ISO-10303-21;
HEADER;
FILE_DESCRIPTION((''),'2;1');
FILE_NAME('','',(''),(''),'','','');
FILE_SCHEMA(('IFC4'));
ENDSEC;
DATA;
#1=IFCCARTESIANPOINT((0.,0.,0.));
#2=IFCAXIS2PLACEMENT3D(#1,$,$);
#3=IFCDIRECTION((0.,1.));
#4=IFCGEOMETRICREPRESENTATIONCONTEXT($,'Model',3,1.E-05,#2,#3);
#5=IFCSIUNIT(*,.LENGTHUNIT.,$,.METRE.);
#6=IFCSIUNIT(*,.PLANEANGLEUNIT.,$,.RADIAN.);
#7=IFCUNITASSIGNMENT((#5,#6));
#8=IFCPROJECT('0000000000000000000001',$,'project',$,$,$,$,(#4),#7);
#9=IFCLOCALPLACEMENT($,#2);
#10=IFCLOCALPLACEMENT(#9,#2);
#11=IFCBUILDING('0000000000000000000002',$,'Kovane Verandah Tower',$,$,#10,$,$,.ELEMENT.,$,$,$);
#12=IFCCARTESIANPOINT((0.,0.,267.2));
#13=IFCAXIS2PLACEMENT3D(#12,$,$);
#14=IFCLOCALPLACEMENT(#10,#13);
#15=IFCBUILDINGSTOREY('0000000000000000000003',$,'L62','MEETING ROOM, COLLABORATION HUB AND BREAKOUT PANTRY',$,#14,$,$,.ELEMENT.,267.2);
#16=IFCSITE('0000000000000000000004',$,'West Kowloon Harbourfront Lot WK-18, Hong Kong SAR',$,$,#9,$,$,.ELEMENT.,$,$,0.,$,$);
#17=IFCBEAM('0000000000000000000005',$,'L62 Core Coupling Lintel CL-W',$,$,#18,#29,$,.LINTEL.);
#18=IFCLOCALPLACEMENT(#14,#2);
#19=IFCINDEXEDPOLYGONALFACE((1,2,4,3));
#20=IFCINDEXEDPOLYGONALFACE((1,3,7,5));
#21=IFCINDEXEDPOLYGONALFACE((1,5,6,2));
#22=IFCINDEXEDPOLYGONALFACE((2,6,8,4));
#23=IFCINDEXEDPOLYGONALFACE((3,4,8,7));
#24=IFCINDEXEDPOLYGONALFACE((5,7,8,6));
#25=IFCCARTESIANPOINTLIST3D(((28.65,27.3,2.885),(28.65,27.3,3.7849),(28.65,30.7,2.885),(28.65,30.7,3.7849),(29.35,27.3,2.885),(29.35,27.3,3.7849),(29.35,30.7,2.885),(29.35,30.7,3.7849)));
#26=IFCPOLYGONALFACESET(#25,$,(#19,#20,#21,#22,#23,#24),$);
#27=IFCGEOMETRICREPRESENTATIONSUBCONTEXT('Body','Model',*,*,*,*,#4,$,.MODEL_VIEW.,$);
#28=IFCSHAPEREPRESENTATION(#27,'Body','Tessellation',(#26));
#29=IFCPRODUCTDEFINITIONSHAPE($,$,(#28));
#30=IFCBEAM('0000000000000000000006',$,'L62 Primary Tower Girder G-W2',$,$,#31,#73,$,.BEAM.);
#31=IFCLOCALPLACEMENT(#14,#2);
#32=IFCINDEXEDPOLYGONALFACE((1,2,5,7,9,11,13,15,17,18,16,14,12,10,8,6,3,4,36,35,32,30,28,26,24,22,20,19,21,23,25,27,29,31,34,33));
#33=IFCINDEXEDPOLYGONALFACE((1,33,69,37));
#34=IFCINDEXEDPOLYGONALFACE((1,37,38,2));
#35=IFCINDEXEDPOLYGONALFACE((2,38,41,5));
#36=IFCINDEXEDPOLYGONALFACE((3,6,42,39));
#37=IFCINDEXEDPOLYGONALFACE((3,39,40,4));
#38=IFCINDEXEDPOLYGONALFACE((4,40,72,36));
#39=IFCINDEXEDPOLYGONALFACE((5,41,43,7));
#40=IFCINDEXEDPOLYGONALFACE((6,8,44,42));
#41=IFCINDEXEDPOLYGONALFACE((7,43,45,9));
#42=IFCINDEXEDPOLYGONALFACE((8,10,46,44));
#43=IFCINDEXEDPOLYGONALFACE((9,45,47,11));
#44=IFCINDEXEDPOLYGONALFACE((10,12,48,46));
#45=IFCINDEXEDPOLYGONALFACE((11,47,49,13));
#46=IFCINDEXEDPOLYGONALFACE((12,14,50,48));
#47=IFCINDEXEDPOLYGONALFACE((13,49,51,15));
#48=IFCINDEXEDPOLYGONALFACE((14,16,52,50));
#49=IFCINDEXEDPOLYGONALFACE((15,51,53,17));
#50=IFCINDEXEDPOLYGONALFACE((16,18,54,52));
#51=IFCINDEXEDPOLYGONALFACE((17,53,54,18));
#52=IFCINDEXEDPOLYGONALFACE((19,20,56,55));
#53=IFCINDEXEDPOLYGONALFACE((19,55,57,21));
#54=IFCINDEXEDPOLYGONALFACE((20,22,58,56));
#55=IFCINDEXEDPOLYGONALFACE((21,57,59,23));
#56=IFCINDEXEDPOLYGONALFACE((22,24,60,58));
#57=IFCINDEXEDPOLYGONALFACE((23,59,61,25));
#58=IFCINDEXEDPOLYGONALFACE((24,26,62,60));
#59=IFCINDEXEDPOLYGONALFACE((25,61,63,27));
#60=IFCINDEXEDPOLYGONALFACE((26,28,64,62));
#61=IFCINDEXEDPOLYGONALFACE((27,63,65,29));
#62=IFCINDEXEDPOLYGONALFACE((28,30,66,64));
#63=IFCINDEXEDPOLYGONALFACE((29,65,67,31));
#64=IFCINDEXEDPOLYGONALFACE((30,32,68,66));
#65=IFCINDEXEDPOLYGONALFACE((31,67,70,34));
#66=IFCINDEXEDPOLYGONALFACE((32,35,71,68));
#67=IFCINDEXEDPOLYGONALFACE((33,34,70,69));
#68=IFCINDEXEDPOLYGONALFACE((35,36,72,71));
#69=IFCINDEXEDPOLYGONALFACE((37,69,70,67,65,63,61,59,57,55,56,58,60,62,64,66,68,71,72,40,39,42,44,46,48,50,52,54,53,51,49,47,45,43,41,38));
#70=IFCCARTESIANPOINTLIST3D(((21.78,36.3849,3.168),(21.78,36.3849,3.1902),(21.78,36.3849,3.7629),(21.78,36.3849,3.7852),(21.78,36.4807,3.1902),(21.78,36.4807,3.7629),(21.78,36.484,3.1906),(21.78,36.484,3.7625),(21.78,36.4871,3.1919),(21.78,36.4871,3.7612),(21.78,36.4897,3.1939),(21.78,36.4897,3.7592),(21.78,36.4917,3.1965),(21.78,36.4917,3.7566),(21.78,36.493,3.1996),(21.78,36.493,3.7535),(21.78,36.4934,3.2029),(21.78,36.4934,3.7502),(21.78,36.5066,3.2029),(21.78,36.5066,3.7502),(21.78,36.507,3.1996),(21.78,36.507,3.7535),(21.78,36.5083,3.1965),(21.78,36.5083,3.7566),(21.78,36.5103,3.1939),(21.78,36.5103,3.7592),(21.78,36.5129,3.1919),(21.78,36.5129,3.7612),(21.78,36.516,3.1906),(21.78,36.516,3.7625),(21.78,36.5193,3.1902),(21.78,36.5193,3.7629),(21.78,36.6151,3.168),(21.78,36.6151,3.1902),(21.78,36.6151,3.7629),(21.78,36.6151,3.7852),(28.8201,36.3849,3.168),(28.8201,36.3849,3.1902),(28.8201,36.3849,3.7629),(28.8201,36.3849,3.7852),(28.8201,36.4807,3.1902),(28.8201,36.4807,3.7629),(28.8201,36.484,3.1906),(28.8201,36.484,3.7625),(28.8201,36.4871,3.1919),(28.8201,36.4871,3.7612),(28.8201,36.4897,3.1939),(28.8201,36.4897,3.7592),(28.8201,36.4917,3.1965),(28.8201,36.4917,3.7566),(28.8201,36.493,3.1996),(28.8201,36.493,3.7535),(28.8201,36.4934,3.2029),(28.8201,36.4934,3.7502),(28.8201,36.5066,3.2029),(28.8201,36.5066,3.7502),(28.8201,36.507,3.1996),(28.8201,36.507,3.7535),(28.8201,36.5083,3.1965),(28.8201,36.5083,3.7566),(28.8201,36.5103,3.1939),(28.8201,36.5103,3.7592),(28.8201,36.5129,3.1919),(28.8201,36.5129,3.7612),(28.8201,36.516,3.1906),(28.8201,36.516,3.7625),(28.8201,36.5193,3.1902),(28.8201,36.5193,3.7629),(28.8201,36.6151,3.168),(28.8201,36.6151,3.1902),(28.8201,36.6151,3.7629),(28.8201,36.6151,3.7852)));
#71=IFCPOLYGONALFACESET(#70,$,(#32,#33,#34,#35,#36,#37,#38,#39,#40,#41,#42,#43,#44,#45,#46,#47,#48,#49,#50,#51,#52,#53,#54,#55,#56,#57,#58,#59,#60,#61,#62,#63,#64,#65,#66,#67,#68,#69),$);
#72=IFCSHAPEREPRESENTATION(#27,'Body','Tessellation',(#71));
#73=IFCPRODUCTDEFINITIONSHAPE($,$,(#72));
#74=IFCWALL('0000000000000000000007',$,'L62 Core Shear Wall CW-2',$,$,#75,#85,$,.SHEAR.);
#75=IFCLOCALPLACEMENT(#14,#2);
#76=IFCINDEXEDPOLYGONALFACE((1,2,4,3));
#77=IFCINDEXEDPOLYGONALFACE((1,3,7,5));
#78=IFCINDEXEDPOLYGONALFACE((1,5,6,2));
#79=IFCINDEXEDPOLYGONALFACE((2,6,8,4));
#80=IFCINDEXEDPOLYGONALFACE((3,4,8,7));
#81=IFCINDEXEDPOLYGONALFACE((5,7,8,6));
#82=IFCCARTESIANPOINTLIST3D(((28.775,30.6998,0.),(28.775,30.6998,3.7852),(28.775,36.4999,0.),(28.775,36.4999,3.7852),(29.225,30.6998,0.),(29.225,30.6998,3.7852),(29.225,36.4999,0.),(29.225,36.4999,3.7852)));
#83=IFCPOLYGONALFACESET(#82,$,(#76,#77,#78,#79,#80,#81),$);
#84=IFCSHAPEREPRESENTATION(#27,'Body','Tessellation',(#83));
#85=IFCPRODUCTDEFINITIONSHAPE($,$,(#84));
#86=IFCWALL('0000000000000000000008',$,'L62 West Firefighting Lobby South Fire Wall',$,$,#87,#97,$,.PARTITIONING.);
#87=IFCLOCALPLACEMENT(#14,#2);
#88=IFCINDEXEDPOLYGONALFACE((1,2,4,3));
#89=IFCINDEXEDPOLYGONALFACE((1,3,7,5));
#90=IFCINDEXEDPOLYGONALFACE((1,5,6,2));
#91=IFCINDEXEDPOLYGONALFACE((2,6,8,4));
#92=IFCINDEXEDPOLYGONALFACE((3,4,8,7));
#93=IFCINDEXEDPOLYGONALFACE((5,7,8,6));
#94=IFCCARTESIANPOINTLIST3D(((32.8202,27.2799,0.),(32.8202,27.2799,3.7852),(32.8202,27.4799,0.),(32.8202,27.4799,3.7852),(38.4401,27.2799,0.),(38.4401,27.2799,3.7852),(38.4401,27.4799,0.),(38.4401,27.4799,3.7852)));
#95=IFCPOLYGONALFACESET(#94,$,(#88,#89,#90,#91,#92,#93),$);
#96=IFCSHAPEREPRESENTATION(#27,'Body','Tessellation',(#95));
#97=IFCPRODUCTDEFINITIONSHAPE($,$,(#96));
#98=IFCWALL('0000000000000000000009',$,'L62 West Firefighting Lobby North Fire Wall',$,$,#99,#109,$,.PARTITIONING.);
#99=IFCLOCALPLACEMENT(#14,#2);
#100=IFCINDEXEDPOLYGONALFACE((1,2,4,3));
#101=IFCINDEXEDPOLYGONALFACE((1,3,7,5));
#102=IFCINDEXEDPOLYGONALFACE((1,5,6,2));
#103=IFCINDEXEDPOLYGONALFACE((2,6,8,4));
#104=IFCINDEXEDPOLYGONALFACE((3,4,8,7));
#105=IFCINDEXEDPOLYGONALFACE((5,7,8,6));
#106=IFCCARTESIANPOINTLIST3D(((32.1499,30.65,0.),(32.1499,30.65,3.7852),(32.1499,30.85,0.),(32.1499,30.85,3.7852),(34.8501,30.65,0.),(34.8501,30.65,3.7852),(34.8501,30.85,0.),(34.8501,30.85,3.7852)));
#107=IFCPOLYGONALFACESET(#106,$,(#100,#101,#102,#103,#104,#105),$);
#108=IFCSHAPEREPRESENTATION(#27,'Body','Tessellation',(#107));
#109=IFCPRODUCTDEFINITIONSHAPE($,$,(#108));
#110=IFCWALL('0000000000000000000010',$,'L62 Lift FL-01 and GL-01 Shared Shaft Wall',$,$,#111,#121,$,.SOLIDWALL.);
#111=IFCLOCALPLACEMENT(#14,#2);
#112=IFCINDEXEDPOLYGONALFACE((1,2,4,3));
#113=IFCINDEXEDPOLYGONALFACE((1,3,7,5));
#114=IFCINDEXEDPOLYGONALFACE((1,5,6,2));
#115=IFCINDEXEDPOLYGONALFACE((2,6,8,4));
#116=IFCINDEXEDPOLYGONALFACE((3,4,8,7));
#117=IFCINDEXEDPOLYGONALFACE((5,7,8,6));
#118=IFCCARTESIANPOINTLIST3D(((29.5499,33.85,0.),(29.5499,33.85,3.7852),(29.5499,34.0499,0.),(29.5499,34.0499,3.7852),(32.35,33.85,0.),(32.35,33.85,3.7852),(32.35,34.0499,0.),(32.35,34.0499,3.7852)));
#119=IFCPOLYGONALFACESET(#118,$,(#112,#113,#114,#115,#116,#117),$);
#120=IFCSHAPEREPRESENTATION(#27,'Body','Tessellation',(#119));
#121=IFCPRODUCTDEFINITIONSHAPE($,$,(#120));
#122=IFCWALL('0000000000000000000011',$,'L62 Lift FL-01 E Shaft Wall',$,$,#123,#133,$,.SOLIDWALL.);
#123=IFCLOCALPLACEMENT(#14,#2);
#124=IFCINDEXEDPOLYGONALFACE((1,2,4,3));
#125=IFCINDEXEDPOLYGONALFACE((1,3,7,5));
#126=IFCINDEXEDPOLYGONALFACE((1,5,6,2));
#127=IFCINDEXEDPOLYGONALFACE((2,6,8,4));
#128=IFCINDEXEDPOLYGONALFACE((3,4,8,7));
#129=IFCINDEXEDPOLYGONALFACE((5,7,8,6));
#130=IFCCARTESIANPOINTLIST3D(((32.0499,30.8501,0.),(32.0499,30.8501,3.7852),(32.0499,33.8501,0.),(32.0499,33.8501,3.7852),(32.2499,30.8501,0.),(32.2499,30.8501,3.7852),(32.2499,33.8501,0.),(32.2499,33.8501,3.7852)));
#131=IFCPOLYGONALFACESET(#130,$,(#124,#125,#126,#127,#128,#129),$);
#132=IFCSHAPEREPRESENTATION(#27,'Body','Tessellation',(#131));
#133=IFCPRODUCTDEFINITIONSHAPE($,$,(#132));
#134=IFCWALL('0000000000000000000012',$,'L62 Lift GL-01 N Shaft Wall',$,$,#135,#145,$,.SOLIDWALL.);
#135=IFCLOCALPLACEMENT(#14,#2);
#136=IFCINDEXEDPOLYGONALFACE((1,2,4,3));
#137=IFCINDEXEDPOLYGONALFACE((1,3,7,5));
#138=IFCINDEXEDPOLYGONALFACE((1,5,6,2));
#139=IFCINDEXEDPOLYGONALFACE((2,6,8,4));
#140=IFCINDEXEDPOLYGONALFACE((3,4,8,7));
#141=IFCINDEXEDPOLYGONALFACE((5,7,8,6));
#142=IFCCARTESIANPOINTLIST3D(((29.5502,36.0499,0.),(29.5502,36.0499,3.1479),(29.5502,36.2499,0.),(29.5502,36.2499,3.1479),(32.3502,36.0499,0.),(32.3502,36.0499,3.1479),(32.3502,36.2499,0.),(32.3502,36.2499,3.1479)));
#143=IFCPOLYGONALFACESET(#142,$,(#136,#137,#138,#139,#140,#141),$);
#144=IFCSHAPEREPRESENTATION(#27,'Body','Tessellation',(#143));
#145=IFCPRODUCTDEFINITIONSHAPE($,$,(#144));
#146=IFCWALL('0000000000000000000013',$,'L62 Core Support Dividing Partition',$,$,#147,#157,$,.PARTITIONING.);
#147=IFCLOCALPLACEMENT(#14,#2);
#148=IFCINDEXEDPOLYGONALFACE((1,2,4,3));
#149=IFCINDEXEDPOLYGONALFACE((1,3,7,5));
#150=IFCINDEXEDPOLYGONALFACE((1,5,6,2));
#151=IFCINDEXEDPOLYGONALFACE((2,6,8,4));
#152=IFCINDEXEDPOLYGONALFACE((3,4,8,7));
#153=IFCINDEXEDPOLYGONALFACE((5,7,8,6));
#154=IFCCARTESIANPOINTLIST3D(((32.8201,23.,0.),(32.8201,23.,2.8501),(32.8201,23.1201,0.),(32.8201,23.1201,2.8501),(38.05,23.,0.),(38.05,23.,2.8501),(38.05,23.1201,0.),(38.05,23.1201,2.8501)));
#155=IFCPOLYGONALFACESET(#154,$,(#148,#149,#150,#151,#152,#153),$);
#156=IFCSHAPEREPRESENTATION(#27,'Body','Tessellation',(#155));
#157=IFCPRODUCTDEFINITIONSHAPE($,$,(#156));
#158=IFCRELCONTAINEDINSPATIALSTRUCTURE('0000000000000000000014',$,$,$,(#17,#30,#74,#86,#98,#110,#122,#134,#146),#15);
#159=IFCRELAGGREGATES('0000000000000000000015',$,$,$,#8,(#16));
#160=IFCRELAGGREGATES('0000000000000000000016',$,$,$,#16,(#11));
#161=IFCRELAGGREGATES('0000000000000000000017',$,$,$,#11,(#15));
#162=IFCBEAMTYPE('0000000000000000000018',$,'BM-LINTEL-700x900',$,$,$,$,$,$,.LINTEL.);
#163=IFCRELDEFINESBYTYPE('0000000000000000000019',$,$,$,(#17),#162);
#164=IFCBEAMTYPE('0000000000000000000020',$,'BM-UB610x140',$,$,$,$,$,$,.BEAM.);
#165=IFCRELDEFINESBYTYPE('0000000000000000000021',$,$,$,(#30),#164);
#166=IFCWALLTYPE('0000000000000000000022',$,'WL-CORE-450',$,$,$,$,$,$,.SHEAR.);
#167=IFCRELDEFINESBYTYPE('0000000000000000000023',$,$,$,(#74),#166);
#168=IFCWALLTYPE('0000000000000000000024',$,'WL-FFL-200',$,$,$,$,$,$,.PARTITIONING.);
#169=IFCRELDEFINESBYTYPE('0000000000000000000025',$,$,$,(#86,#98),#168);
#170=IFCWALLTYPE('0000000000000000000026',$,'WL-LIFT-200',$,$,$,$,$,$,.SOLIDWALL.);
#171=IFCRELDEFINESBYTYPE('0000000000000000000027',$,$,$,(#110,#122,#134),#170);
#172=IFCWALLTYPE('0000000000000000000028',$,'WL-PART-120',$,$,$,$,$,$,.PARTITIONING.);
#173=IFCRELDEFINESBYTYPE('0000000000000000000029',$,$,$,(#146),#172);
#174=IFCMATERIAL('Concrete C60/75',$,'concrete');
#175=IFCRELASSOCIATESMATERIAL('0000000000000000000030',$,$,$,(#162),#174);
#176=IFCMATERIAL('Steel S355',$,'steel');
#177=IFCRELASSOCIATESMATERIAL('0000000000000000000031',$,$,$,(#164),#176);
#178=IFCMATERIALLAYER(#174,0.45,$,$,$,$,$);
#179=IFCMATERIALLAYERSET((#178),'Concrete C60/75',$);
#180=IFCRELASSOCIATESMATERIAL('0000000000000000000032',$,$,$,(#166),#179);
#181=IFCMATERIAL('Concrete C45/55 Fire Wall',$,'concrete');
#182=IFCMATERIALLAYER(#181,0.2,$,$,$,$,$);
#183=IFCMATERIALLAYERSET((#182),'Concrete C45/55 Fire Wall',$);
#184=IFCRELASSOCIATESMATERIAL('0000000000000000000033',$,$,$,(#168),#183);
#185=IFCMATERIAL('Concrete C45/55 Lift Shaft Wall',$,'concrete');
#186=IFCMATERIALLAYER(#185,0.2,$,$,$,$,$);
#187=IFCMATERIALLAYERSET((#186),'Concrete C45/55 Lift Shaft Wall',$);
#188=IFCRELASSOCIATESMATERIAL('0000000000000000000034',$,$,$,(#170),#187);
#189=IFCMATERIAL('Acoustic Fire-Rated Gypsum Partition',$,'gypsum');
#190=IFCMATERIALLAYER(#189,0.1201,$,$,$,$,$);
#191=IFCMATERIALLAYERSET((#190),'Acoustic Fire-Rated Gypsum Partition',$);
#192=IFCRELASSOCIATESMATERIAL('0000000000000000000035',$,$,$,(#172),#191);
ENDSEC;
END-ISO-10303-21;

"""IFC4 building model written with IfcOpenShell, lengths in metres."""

from ifc_helpers import new_model, si_unit, direction, frame, frame_2d, origin, origin_2d, place, context, subcontext, project, spatial, rectangle, i_section, extrude, material, layer, layer_set, material_profile, profile_set, type_object, element, save


model = new_model("IFC4")

# Units and contexts
model_context = context("Model", 3, precision=1e-05, world=origin(), true_north=direction((0.0, 1.0)))
body_context = subcontext(model_context, "Body", "Model", "MODEL_VIEW")
ifc_project = project(units=[si_unit("LENGTHUNIT", "METRE"), si_unit("PLANEANGLEUNIT", "RADIAN")], contexts=[model_context])

# Site, building, storey
site_placement = place(None, origin())
site = spatial("IfcSite", under=ifc_project, at=site_placement, Name="West Kowloon Harbourfront Lot WK-18, Hong Kong SAR", CompositionType="ELEMENT", RefElevation=0.0)
building_placement = place(site_placement, origin())
building = spatial("IfcBuilding", under=site, at=building_placement, Name="Kovane Verandah Tower", CompositionType="ELEMENT")
storey_placement = place(building_placement, frame((0.0, 0.0, 267.2)))
storey = spatial("IfcBuildingStorey", under=building, at=storey_placement, Name="L62", Description="MEETING ROOM, COLLABORATION HUB AND BREAKOUT PANTRY", CompositionType="ELEMENT", Elevation=267.2)

# Beams
ifc_material_1 = material(Name="Concrete C60/75", Category="concrete")
ifc_material_profile_1 = material_profile(ifc_material_1, rectangle(XDim=0.7, YDim=0.8999, at=origin_2d()), Name="RCB700x900")
ifc_profile_set_1 = profile_set([ifc_material_profile_1], Name="Concrete C60/75")
beam_type_1 = type_object("IfcBeamType", Name="BM-LINTEL-700x900", PredefinedType="LINTEL", material=ifc_profile_set_1)
beam_1_placement = place(storey_placement, frame((29.0, 27.3, 3.335), z_axis=(0.0, 1.0, 0.0), x_axis=(-1.0, 0.0, 0.0)))
element("IfcBeam", 1, at=beam_1_placement, inside=storey, type_object=beam_type_1, Name="L62 Core Coupling Lintel CL-W", PredefinedType="LINTEL", context=body_context, shape_type="SweptSolid", body=[
    extrude(rectangle(XDim=0.7, YDim=0.8999, at=origin_2d()), origin(), (0.0, 0.0, 1.0), 3.3999),
])
ifc_material_2 = material(Name="Steel S355", Category="steel")
ifc_material_profile_2 = material_profile(ifc_material_2, i_section(OverallWidth=0.2302, OverallDepth=0.6172, WebThickness=0.0132, FlangeThickness=0.0222, FilletRadius=0.0127, at=origin_2d()), Name="UB610x229x140")
ifc_profile_set_2 = profile_set([ifc_material_profile_2], Name="Steel S355")
beam_type_2 = type_object("IfcBeamType", Name="BM-UB610x140", PredefinedType="BEAM", material=ifc_profile_set_2)
beam_2_placement = place(storey_placement, frame((28.8201, 36.5, 3.4766), z_axis=(-1.0, 0.0, 0.0), x_axis=(0.0, -1.0, 0.0)))
element("IfcBeam", 2, at=beam_2_placement, inside=storey, type_object=beam_type_2, Name="L62 Primary Tower Girder G-W2", PredefinedType="BEAM", context=body_context, shape_type="SweptSolid", body=[
    extrude(i_section(OverallWidth=0.2302, OverallDepth=0.6172, WebThickness=0.0132, FlangeThickness=0.0222, FilletRadius=0.0127, at=origin_2d()), origin(), (0.0, 0.0, 1.0), 7.04),
])

# Wall
ifc_layer_1 = layer(ifc_material_1, 0.45)
ifc_layer_set_1 = layer_set([ifc_layer_1], Name="Concrete C60/75")
wall_type_1 = type_object("IfcWallType", Name="WL-CORE-450", PredefinedType="SHEAR", material=ifc_layer_set_1)
wall_1_placement = place(storey_placement, frame((29.0, 30.7, 0.0), z_axis=(0.0, 0.0, 1.0), x_axis=(0.0, 1.0, 0.0)))
element("IfcWall", 3, at=wall_1_placement, inside=storey, type_object=wall_type_1, Name="L62 Core Shear Wall CW-2", PredefinedType="SHEAR", context=body_context, shape_type="SweptSolid", body=[
    extrude(rectangle(XDim=5.8, YDim=0.45, at=frame_2d((2.8999, 0.0))), origin(), (0.0, 0.0, 1.0), 3.7852),
])

# Shared definitions
ifc_material_3 = material(Name="Concrete C45/55 Fire Wall", Category="concrete")
ifc_layer_2 = layer(ifc_material_3, 0.2)
ifc_layer_set_2 = layer_set([ifc_layer_2], Name="Concrete C45/55 Fire Wall")
wall_type_2 = type_object("IfcWallType", Name="WL-FFL-200", PredefinedType="PARTITIONING", material=ifc_layer_set_2)

# Walls
wall_2_placement = place(storey_placement, frame((32.8201, 27.3799, 0.0), z_axis=(0.0, 0.0, 1.0), x_axis=(1.0, 0.0, 0.0)))
element("IfcWall", 4, at=wall_2_placement, inside=storey, type_object=wall_type_2, Name="L62 West Firefighting Lobby South Fire Wall", PredefinedType="PARTITIONING", context=body_context, shape_type="SweptSolid", body=[
    extrude(rectangle(XDim=5.6199, YDim=0.2, at=frame_2d((2.8101, 0.0))), origin(), (0.0, 0.0, 1.0), 3.7852),
])
wall_3_placement = place(storey_placement, frame((32.1499, 30.75, 0.0), z_axis=(0.0, 0.0, 1.0), x_axis=(1.0, 0.0, 0.0)))
element("IfcWall", 5, at=wall_3_placement, inside=storey, type_object=wall_type_2, Name="L62 West Firefighting Lobby North Fire Wall", PredefinedType="PARTITIONING", context=body_context, shape_type="SweptSolid", body=[
    extrude(rectangle(XDim=2.7002, YDim=0.2, at=frame_2d((1.3501, 0.0))), origin(), (0.0, 0.0, 1.0), 3.7852),
])

# Shared definitions
ifc_material_4 = material(Name="Concrete C45/55 Lift Shaft Wall", Category="concrete")
ifc_layer_3 = layer(ifc_material_4, 0.2)
ifc_layer_set_3 = layer_set([ifc_layer_3], Name="Concrete C45/55 Lift Shaft Wall")
wall_type_3 = type_object("IfcWallType", Name="WL-LIFT-200", PredefinedType="SOLIDWALL", material=ifc_layer_set_3)

# Walls
wall_4_placement = place(storey_placement, frame((29.55, 33.95, 0.0), z_axis=(0.0, 0.0, 1.0), x_axis=(1.0, 0.0, 0.0)))
element("IfcWall", 6, at=wall_4_placement, inside=storey, type_object=wall_type_3, Name="L62 Lift FL-01 and GL-01 Shared Shaft Wall", PredefinedType="SOLIDWALL", context=body_context, shape_type="SweptSolid", body=[
    extrude(rectangle(XDim=2.8, YDim=0.2, at=frame_2d((1.3999, 0.0))), origin(), (0.0, 0.0, 1.0), 3.7852),
])
wall_5_placement = place(storey_placement, frame((32.1499, 30.8501, 0.0), z_axis=(0.0, 0.0, 1.0), x_axis=(0.0, 1.0, 0.0)))
element("IfcWall", 7, at=wall_5_placement, inside=storey, type_object=wall_type_3, Name="L62 Lift FL-01 E Shaft Wall", PredefinedType="SOLIDWALL", context=body_context, shape_type="SweptSolid", body=[
    extrude(rectangle(XDim=3.0, YDim=0.2, at=frame_2d((1.5, 0.0))), origin(), (0.0, 0.0, 1.0), 3.7852),
])
wall_6_placement = place(storey_placement, frame((32.3501, 36.1499, 0.0), z_axis=(0.0, 0.0, 1.0), x_axis=(-1.0, 0.0, 0.0)))
element("IfcWall", 8, at=wall_6_placement, inside=storey, type_object=wall_type_3, Name="L62 Lift GL-01 N Shaft Wall", PredefinedType="SOLIDWALL", context=body_context, shape_type="SweptSolid", body=[
    extrude(rectangle(XDim=2.8, YDim=0.2, at=frame_2d((1.3999, 0.0))), origin(), (0.0, 0.0, 1.0), 3.1479),
])

# Wall
ifc_material_5 = material(Name="Acoustic Fire-Rated Gypsum Partition", Category="gypsum")
ifc_layer_4 = layer(ifc_material_5, 0.1201)
ifc_layer_set_4 = layer_set([ifc_layer_4], Name="Acoustic Fire-Rated Gypsum Partition")
wall_type_4 = type_object("IfcWallType", Name="WL-PART-120", PredefinedType="PARTITIONING", material=ifc_layer_set_4)
wall_7_placement = place(storey_placement, frame((32.8201, 23.0601, 0.0), z_axis=(0.0, 0.0, 1.0), x_axis=(1.0, 0.0, 0.0)))
element("IfcWall", 9, at=wall_7_placement, inside=storey, type_object=wall_type_4, Name="L62 Core Support Dividing Partition", PredefinedType="PARTITIONING", context=body_context, shape_type="SweptSolid", body=[
    extrude(rectangle(XDim=5.23, YDim=0.1201, at=frame_2d((2.615, 0.0))), origin(), (0.0, 0.0, 1.0), 2.8501),
])

save(model, "model.ifc")
